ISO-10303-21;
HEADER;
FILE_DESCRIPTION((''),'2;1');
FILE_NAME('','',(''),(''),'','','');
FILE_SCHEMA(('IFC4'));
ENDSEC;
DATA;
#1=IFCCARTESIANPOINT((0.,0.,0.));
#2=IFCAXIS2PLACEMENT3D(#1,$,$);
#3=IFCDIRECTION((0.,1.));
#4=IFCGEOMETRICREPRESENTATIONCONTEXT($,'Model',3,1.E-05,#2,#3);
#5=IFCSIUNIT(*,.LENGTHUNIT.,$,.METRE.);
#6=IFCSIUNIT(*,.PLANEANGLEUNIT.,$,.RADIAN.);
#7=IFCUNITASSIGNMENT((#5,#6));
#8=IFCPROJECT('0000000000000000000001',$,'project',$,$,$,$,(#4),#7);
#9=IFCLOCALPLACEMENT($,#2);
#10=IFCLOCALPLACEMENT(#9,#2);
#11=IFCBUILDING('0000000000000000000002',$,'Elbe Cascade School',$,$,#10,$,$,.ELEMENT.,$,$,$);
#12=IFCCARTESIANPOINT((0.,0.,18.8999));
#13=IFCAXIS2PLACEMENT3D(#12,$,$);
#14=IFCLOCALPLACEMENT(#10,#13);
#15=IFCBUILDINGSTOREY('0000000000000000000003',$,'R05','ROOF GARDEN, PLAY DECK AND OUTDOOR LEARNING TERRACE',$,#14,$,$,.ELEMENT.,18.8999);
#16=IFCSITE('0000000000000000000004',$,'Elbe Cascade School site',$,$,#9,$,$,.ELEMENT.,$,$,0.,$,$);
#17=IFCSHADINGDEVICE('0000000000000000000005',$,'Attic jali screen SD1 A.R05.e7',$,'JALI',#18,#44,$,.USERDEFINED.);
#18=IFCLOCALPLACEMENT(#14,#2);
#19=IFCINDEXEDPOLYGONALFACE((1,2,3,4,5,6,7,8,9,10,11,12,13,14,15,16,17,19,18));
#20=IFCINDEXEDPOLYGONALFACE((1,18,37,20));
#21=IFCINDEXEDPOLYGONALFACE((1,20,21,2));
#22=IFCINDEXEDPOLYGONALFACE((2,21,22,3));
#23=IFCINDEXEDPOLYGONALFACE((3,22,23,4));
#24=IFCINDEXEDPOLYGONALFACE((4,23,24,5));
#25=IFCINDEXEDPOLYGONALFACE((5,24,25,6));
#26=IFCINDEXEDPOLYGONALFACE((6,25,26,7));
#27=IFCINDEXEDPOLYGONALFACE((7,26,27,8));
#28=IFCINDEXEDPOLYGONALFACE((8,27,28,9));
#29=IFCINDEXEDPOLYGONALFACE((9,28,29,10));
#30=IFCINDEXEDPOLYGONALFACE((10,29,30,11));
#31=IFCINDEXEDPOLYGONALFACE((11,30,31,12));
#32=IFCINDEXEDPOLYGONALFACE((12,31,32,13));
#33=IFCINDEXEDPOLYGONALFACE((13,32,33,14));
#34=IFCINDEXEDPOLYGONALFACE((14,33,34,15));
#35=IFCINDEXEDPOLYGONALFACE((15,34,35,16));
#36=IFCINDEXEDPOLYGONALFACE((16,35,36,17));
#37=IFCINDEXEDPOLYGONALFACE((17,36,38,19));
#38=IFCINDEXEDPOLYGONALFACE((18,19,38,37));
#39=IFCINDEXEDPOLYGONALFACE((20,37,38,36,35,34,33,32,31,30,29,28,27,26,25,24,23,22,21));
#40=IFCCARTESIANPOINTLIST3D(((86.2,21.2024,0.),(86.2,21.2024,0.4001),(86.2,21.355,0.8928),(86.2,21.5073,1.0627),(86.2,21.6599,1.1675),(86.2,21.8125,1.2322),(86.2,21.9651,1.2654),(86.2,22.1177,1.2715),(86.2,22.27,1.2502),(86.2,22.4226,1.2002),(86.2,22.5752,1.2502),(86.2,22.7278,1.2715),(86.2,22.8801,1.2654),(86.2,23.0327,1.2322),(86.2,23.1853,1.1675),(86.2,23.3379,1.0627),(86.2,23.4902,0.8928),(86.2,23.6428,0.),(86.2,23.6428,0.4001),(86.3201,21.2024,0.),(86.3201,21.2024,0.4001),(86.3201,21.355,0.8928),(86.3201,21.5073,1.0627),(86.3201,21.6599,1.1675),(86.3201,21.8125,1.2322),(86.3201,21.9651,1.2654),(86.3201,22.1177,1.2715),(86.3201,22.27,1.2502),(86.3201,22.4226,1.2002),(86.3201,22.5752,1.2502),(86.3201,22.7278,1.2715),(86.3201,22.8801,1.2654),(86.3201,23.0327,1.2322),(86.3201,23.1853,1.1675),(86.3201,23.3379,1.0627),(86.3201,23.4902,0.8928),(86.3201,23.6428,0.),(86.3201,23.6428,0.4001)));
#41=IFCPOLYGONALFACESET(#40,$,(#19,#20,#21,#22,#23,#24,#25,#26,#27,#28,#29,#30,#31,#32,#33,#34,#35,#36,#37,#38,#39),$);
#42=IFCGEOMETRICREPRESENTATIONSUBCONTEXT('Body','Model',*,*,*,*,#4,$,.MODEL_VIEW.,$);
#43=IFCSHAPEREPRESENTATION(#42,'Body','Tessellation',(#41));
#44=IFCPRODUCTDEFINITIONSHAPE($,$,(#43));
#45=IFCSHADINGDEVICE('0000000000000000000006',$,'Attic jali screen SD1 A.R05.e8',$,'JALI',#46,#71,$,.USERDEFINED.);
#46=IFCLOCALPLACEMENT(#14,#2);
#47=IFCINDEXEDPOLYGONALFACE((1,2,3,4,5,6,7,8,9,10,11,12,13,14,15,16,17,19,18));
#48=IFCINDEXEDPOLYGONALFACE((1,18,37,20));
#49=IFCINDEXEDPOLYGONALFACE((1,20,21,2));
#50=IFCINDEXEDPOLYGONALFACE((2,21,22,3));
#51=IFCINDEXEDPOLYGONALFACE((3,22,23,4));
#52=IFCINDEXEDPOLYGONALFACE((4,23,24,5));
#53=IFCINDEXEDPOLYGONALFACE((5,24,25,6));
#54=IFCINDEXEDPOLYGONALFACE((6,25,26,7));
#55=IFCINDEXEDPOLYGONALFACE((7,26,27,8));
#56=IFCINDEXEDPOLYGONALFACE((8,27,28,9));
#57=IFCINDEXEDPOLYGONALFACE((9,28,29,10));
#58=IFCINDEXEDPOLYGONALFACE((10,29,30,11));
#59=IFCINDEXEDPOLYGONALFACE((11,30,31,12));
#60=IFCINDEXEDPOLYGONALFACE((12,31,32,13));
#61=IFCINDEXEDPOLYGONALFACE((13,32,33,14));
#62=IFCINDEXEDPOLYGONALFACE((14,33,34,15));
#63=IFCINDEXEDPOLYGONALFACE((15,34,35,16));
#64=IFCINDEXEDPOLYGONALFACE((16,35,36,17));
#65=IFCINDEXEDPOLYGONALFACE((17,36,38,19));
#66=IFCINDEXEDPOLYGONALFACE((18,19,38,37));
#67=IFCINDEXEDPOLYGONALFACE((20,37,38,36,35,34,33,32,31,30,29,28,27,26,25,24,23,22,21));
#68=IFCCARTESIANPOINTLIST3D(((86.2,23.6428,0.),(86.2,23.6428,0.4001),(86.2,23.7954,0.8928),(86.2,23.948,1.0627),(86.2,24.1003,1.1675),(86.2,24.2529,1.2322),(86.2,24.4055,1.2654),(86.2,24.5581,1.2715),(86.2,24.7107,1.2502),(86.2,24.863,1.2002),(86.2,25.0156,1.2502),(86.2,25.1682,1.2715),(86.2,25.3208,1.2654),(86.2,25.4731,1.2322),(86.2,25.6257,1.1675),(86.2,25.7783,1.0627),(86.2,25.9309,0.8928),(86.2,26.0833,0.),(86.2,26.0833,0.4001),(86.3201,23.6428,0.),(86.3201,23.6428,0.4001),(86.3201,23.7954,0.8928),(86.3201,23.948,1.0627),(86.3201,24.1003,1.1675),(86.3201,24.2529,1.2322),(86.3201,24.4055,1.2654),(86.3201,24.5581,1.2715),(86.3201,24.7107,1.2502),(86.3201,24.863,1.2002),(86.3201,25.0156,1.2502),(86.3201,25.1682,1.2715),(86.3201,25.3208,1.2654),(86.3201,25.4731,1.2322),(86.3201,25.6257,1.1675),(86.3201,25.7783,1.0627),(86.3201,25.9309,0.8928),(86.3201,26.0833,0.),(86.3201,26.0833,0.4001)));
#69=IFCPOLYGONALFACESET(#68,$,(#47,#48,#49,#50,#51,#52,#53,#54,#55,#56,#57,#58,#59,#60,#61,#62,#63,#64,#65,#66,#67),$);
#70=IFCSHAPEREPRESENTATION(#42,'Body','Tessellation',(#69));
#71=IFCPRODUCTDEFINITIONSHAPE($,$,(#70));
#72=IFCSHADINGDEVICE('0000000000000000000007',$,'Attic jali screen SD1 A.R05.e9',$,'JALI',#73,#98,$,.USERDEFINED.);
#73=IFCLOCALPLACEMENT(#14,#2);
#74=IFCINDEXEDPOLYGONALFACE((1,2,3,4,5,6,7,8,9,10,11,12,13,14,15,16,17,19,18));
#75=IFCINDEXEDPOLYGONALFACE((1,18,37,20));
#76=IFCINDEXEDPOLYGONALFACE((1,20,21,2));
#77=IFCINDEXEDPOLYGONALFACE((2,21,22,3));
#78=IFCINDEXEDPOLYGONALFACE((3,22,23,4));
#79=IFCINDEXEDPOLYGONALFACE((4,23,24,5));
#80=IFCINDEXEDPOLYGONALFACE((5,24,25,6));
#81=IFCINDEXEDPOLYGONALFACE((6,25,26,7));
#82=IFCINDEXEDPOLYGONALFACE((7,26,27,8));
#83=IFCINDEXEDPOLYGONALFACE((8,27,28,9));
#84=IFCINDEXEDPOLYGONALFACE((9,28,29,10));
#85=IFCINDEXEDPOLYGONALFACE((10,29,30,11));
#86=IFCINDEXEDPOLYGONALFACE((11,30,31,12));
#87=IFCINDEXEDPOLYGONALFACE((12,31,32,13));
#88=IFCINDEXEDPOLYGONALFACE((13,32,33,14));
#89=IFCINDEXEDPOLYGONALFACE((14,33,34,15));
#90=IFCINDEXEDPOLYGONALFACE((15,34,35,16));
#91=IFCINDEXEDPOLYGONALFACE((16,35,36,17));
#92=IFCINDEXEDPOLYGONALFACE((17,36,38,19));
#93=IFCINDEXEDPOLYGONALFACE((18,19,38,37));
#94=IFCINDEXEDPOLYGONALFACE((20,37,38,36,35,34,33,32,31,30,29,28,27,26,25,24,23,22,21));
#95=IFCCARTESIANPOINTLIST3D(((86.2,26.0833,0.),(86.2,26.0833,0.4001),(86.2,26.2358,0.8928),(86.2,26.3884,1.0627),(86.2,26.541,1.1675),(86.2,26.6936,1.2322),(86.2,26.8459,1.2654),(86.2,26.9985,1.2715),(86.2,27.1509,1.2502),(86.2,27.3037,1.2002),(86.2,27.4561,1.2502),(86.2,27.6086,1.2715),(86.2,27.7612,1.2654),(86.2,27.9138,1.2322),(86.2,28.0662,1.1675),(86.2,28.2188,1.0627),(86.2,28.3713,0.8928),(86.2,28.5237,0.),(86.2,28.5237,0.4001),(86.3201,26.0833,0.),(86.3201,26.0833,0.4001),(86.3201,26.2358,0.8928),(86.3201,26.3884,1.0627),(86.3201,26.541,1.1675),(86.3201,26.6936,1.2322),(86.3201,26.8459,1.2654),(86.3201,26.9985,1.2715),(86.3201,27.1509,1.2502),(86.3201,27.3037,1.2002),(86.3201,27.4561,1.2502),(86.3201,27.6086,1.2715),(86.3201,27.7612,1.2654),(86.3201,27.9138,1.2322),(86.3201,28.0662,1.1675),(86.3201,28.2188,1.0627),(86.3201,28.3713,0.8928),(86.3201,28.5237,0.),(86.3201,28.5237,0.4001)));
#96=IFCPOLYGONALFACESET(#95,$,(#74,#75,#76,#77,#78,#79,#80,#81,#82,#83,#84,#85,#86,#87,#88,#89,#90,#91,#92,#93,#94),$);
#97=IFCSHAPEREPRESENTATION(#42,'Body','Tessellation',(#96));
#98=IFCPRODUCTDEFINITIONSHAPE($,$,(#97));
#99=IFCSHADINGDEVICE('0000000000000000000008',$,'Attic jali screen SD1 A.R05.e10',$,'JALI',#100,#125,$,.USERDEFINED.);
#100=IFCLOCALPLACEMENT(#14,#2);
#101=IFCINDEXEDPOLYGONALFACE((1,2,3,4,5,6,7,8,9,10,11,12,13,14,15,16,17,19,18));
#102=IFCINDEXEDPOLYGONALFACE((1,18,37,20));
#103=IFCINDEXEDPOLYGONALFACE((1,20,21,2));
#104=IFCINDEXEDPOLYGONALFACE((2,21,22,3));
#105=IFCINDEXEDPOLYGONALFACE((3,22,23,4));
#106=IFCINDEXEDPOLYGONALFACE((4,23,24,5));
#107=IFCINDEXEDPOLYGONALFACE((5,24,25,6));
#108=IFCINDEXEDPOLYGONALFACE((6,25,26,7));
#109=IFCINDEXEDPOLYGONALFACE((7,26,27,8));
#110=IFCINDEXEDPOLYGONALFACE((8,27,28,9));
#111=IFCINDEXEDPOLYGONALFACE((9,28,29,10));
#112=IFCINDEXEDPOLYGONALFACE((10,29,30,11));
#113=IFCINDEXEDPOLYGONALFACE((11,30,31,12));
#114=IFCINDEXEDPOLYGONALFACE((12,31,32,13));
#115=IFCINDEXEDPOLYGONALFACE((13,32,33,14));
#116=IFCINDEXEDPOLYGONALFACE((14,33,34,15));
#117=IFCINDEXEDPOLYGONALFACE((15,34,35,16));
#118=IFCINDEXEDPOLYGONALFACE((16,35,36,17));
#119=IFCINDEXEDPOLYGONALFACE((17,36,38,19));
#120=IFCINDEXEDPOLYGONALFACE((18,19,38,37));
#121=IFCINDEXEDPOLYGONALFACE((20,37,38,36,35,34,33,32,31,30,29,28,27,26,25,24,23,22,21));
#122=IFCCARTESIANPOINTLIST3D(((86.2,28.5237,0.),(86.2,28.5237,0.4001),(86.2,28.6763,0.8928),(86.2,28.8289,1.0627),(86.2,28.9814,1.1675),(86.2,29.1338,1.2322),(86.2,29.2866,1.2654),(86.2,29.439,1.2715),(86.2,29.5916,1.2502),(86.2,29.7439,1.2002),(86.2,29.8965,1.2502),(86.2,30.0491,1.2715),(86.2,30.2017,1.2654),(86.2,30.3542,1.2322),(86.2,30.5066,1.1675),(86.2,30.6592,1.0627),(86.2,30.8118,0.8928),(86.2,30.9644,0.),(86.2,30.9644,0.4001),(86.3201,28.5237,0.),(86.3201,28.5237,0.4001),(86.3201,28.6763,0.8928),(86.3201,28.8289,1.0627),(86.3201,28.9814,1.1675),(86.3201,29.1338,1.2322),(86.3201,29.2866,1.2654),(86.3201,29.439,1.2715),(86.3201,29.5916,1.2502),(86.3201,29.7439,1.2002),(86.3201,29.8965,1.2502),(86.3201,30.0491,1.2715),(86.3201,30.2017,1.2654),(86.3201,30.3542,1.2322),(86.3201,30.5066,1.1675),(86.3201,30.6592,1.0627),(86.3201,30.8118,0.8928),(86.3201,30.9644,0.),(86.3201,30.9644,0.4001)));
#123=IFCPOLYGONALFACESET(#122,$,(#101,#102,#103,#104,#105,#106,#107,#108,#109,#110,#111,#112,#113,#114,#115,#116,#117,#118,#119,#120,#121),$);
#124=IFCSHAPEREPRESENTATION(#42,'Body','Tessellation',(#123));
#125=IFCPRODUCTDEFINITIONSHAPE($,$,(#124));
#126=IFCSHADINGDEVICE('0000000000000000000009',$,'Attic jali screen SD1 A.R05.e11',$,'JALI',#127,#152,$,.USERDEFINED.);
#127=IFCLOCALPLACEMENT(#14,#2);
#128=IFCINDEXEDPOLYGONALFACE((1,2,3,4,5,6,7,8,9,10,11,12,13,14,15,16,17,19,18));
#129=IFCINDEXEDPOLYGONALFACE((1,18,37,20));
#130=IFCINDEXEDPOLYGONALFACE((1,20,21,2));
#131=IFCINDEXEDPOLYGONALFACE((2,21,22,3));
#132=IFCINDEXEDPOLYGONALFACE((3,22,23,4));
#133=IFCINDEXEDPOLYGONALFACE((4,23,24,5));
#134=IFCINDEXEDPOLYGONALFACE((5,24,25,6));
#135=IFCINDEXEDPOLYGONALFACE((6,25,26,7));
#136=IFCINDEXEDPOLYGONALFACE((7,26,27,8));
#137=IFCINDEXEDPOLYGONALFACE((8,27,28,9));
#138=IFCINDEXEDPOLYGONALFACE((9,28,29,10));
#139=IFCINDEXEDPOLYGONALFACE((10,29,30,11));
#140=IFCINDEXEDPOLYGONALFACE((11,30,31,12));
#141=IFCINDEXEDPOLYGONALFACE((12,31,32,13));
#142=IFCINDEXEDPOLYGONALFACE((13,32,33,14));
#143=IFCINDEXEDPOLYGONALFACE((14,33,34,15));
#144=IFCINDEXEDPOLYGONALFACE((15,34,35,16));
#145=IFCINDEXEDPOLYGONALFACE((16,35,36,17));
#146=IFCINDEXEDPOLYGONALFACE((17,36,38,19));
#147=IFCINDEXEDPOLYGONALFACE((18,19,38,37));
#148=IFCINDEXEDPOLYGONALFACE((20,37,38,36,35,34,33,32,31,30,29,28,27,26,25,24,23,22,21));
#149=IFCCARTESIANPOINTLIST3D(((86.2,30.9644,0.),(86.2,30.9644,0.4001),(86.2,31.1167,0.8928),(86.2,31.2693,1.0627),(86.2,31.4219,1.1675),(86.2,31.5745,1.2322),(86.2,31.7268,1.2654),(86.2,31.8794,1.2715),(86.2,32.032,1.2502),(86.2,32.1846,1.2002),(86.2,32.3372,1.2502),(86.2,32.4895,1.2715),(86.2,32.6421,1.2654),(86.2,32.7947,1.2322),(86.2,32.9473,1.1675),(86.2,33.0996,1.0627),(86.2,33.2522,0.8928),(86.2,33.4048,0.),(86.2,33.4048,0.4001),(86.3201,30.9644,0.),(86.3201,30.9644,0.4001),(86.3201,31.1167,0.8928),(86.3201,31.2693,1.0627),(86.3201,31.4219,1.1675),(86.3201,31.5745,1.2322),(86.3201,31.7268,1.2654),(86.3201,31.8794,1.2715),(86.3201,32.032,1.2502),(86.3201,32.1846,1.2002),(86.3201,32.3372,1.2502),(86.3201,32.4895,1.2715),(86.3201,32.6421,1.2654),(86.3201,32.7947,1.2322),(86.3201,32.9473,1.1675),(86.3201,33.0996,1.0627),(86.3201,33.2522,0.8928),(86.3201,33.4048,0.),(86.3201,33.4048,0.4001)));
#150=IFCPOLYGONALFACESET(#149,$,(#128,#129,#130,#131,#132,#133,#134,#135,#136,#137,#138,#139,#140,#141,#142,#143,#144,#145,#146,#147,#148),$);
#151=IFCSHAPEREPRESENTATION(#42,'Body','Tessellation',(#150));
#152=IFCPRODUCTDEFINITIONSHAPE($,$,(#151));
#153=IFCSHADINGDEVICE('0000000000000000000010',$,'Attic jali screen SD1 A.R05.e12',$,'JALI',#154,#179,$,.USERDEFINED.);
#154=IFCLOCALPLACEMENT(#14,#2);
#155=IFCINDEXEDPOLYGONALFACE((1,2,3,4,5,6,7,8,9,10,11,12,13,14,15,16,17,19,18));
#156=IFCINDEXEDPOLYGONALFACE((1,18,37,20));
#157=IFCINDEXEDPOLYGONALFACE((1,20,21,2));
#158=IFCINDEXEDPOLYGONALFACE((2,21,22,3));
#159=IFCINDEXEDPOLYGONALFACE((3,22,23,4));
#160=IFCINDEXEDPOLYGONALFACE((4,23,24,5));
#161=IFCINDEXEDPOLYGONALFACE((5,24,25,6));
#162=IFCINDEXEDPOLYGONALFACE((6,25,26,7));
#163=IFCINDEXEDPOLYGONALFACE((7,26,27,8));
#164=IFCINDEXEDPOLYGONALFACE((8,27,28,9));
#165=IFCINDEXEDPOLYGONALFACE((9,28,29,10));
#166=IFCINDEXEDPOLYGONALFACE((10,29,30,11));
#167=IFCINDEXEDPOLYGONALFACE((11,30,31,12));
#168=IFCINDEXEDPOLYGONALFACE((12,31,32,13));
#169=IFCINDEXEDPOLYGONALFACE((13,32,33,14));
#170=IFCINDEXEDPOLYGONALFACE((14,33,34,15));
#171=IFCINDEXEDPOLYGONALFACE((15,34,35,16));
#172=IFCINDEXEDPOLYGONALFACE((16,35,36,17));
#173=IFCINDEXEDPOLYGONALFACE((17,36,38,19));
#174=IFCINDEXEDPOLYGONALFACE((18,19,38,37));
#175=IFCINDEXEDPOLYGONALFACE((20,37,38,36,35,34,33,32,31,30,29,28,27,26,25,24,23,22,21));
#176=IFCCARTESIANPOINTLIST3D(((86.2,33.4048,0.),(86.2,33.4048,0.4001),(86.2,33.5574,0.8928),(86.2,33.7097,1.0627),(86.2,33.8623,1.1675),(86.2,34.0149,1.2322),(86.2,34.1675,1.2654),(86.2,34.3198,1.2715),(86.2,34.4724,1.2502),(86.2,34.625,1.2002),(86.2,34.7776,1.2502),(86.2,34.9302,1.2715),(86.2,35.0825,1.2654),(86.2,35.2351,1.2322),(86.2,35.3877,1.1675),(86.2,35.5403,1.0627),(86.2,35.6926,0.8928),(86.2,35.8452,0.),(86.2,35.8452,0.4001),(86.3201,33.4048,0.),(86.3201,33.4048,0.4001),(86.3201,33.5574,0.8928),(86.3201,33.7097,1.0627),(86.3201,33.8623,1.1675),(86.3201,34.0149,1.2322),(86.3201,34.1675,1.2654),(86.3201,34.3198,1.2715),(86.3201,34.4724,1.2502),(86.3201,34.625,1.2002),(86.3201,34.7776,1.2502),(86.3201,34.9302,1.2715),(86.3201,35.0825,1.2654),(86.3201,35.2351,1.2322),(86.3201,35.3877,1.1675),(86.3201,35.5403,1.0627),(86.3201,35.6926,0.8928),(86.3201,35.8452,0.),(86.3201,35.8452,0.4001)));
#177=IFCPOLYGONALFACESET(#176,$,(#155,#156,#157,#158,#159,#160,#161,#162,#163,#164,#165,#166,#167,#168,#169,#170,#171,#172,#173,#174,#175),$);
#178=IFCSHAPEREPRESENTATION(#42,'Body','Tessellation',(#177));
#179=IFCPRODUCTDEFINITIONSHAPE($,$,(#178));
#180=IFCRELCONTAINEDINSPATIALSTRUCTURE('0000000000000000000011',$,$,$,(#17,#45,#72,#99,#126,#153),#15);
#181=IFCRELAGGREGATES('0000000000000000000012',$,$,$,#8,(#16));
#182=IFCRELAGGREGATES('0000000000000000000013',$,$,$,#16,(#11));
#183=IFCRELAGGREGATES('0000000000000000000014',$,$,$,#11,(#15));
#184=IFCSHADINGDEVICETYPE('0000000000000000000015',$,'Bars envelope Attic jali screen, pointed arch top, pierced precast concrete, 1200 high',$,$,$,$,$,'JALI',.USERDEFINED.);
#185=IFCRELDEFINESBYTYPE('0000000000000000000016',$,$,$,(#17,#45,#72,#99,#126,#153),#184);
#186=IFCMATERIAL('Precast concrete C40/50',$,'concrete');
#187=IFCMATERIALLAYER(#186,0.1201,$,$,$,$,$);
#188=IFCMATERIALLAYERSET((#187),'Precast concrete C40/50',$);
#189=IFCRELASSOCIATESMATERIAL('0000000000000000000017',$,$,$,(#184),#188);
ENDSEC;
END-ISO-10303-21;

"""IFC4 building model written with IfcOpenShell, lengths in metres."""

from ifc_helpers import new_model, si_unit, direction, frame, origin, place, context, subcontext, project, spatial, polyline, outline, extrude, material, layer, layer_set, type_object, element, save


model = new_model("IFC4")

# Units and contexts
model_context = context("Model", 3, precision=1e-05, world=origin(), true_north=direction((0.0, 1.0)))
body_context = subcontext(model_context, "Body", "Model", "MODEL_VIEW")
ifc_project = project(units=[si_unit("LENGTHUNIT", "METRE"), si_unit("PLANEANGLEUNIT", "RADIAN")], contexts=[model_context])

# Site, building, storey
site_placement = place(None, origin())
site = spatial("IfcSite", under=ifc_project, at=site_placement, Name="Elbe Cascade School site", CompositionType="ELEMENT", RefElevation=0.0)
building_placement = place(site_placement, origin())
building = spatial("IfcBuilding", under=site, at=building_placement, Name="Elbe Cascade School", CompositionType="ELEMENT")
storey_placement = place(building_placement, frame((0.0, 0.0, 18.8999)))
storey = spatial("IfcBuildingStorey", under=building, at=storey_placement, Name="R05", Description="ROOF GARDEN, PLAY DECK AND OUTDOOR LEARNING TERRACE", CompositionType="ELEMENT", Elevation=18.8999)

# Shading devices
ifc_material_1 = material(Name="Precast concrete C40/50", Category="concrete")
ifc_layer_1 = layer(ifc_material_1, 0.1201)
ifc_layer_set_1 = layer_set([ifc_layer_1], Name="Precast concrete C40/50")
shading_device_type = type_object("IfcShadingDeviceType", Name="Bars envelope Attic jali screen, pointed arch top, pierced precast concrete, 1200 high", ElementType="JALI", PredefinedType="USERDEFINED", material=ifc_layer_set_1)
shading_device_1_placement = place(storey_placement, frame((86.3201, 21.2024, 0.0), z_axis=(1.0, 0.0, 0.0), x_axis=(0.0, 1.0, 0.0)))
element("IfcShadingDevice", 1, at=shading_device_1_placement, inside=storey, type_object=shading_device_type, Name="Attic jali screen SD1 A.R05.e7", ObjectType="JALI", PredefinedType="USERDEFINED", context=body_context, shape_type="SweptSolid", body=[
    extrude(outline(polyline([(0.0, 0.0), (2.4404, 0.0), (2.4404, 0.4001), (2.2878, 0.8928), (2.1355, 1.0627), (1.9829, 1.1675), (1.8303, 1.2322), (1.6777, 1.2654), (1.5254, 1.2715), (1.3728, 1.2502), (1.2202, 1.2002), (1.0676, 1.2502), (0.9153, 1.2715), (0.7627, 1.2654), (0.6101, 1.2322), (0.4575, 1.1675), (0.3049, 1.0627), (0.1526, 0.8928), (0.0, 0.4001), (0.0, 0.0)])), origin(), (0.0, 0.0, -1.0), 0.1201),
])
shading_device_2_placement = place(storey_placement, frame((86.3201, 23.6428, 0.0), z_axis=(1.0, 0.0, 0.0), x_axis=(0.0, 1.0, 0.0)))
element("IfcShadingDevice", 2, at=shading_device_2_placement, inside=storey, type_object=shading_device_type, Name="Attic jali screen SD1 A.R05.e8", ObjectType="JALI", PredefinedType="USERDEFINED", context=body_context, shape_type="SweptSolid", body=[
    extrude(outline(polyline([(0.0, 0.0), (2.4404, 0.0), (2.4404, 0.4001), (2.2881, 0.8928), (2.1355, 1.0627), (1.9829, 1.1675), (1.8303, 1.2322), (1.678, 1.2654), (1.5254, 1.2715), (1.3728, 1.2502), (1.2202, 1.2002), (1.0679, 1.2502), (0.9153, 1.2715), (0.7627, 1.2654), (0.6101, 1.2322), (0.4575, 1.1675), (0.3052, 1.0627), (0.1526, 0.8928), (0.0, 0.4001), (0.0, 0.0)])), origin(), (0.0, 0.0, -1.0), 0.1201),
])
shading_device_3_placement = place(storey_placement, frame((86.3201, 26.0833, 0.0), z_axis=(1.0, 0.0, 0.0), x_axis=(0.0, 1.0, 0.0)))
element("IfcShadingDevice", 3, at=shading_device_3_placement, inside=storey, type_object=shading_device_type, Name="Attic jali screen SD1 A.R05.e9", ObjectType="JALI", PredefinedType="USERDEFINED", context=body_context, shape_type="SweptSolid", body=[
    extrude(outline(polyline([(0.0, 0.0), (2.4404, 0.0), (2.4404, 0.4001), (2.2881, 0.8928), (2.1355, 1.0627), (1.9829, 1.1675), (1.8306, 1.2322), (1.678, 1.2654), (1.5254, 1.2715), (1.3728, 1.2502), (1.2205, 1.2002), (1.0676, 1.2502), (0.9153, 1.2715), (0.7627, 1.2654), (0.6104, 1.2322), (0.4578, 1.1675), (0.3052, 1.0627), (0.1526, 0.8928), (0.0, 0.4001), (0.0, 0.0)])), origin(), (0.0, 0.0, -1.0), 0.1201),
])
shading_device_4_placement = place(storey_placement, frame((86.3201, 28.5237, 0.0), z_axis=(1.0, 0.0, 0.0), x_axis=(0.0, 1.0, 0.0)))
element("IfcShadingDevice", 4, at=shading_device_4_placement, inside=storey, type_object=shading_device_type, Name="Attic jali screen SD1 A.R05.e10", ObjectType="JALI", PredefinedType="USERDEFINED", context=body_context, shape_type="SweptSolid", body=[
    extrude(outline(polyline([(0.0, 0.0), (2.4407, 0.0), (2.4407, 0.4001), (2.2881, 0.8928), (2.1355, 1.0627), (1.9829, 1.1675), (1.8306, 1.2322), (1.678, 1.2654), (1.5254, 1.2715), (1.3728, 1.2502), (1.2202, 1.2002), (1.0679, 1.2502), (0.9153, 1.2715), (0.7629, 1.2654), (0.6101, 1.2322), (0.4578, 1.1675), (0.3052, 1.0627), (0.1526, 0.8928), (0.0, 0.4001), (0.0, 0.0)])), origin(), (0.0, 0.0, -1.0), 0.1201),
])
shading_device_5_placement = place(storey_placement, frame((86.3201, 30.9644, 0.0), z_axis=(1.0, 0.0, 0.0), x_axis=(0.0, 1.0, 0.0)))
element("IfcShadingDevice", 5, at=shading_device_5_placement, inside=storey, type_object=shading_device_type, Name="Attic jali screen SD1 A.R05.e11", ObjectType="JALI", PredefinedType="USERDEFINED", context=body_context, shape_type="SweptSolid", body=[
    extrude(outline(polyline([(0.0, 0.0), (2.4404, 0.0), (2.4404, 0.4001), (2.2878, 0.8928), (2.1353, 1.0627), (1.9829, 1.1675), (1.8303, 1.2322), (1.6777, 1.2654), (1.5251, 1.2715), (1.3728, 1.2502), (1.2202, 1.2002), (1.0676, 1.2502), (0.915, 1.2715), (0.7625, 1.2654), (0.6101, 1.2322), (0.4575, 1.1675), (0.3049, 1.0627), (0.1523, 0.8928), (0.0, 0.4001), (0.0, 0.0)])), origin(), (0.0, 0.0, -1.0), 0.1201),
])
shading_device_6_placement = place(storey_placement, frame((86.3201, 33.4048, 0.0), z_axis=(1.0, 0.0, 0.0), x_axis=(0.0, 1.0, 0.0)))
element("IfcShadingDevice", 6, at=shading_device_6_placement, inside=storey, type_object=shading_device_type, Name="Attic jali screen SD1 A.R05.e12", ObjectType="JALI", PredefinedType="USERDEFINED", context=body_context, shape_type="SweptSolid", body=[
    extrude(outline(polyline([(0.0, 0.0), (2.4404, 0.0), (2.4404, 0.4001), (2.2878, 0.8928), (2.1355, 1.0627), (1.9829, 1.1675), (1.8303, 1.2322), (1.6777, 1.2654), (1.5254, 1.2715), (1.3728, 1.2502), (1.2202, 1.2002), (1.0676, 1.2502), (0.915, 1.2715), (0.7627, 1.2654), (0.6101, 1.2322), (0.4575, 1.1675), (0.3049, 1.0627), (0.1526, 0.8928), (0.0, 0.4001), (0.0, 0.0)])), origin(), (0.0, 0.0, -1.0), 0.1201),
])

save(model, "model.ifc")
